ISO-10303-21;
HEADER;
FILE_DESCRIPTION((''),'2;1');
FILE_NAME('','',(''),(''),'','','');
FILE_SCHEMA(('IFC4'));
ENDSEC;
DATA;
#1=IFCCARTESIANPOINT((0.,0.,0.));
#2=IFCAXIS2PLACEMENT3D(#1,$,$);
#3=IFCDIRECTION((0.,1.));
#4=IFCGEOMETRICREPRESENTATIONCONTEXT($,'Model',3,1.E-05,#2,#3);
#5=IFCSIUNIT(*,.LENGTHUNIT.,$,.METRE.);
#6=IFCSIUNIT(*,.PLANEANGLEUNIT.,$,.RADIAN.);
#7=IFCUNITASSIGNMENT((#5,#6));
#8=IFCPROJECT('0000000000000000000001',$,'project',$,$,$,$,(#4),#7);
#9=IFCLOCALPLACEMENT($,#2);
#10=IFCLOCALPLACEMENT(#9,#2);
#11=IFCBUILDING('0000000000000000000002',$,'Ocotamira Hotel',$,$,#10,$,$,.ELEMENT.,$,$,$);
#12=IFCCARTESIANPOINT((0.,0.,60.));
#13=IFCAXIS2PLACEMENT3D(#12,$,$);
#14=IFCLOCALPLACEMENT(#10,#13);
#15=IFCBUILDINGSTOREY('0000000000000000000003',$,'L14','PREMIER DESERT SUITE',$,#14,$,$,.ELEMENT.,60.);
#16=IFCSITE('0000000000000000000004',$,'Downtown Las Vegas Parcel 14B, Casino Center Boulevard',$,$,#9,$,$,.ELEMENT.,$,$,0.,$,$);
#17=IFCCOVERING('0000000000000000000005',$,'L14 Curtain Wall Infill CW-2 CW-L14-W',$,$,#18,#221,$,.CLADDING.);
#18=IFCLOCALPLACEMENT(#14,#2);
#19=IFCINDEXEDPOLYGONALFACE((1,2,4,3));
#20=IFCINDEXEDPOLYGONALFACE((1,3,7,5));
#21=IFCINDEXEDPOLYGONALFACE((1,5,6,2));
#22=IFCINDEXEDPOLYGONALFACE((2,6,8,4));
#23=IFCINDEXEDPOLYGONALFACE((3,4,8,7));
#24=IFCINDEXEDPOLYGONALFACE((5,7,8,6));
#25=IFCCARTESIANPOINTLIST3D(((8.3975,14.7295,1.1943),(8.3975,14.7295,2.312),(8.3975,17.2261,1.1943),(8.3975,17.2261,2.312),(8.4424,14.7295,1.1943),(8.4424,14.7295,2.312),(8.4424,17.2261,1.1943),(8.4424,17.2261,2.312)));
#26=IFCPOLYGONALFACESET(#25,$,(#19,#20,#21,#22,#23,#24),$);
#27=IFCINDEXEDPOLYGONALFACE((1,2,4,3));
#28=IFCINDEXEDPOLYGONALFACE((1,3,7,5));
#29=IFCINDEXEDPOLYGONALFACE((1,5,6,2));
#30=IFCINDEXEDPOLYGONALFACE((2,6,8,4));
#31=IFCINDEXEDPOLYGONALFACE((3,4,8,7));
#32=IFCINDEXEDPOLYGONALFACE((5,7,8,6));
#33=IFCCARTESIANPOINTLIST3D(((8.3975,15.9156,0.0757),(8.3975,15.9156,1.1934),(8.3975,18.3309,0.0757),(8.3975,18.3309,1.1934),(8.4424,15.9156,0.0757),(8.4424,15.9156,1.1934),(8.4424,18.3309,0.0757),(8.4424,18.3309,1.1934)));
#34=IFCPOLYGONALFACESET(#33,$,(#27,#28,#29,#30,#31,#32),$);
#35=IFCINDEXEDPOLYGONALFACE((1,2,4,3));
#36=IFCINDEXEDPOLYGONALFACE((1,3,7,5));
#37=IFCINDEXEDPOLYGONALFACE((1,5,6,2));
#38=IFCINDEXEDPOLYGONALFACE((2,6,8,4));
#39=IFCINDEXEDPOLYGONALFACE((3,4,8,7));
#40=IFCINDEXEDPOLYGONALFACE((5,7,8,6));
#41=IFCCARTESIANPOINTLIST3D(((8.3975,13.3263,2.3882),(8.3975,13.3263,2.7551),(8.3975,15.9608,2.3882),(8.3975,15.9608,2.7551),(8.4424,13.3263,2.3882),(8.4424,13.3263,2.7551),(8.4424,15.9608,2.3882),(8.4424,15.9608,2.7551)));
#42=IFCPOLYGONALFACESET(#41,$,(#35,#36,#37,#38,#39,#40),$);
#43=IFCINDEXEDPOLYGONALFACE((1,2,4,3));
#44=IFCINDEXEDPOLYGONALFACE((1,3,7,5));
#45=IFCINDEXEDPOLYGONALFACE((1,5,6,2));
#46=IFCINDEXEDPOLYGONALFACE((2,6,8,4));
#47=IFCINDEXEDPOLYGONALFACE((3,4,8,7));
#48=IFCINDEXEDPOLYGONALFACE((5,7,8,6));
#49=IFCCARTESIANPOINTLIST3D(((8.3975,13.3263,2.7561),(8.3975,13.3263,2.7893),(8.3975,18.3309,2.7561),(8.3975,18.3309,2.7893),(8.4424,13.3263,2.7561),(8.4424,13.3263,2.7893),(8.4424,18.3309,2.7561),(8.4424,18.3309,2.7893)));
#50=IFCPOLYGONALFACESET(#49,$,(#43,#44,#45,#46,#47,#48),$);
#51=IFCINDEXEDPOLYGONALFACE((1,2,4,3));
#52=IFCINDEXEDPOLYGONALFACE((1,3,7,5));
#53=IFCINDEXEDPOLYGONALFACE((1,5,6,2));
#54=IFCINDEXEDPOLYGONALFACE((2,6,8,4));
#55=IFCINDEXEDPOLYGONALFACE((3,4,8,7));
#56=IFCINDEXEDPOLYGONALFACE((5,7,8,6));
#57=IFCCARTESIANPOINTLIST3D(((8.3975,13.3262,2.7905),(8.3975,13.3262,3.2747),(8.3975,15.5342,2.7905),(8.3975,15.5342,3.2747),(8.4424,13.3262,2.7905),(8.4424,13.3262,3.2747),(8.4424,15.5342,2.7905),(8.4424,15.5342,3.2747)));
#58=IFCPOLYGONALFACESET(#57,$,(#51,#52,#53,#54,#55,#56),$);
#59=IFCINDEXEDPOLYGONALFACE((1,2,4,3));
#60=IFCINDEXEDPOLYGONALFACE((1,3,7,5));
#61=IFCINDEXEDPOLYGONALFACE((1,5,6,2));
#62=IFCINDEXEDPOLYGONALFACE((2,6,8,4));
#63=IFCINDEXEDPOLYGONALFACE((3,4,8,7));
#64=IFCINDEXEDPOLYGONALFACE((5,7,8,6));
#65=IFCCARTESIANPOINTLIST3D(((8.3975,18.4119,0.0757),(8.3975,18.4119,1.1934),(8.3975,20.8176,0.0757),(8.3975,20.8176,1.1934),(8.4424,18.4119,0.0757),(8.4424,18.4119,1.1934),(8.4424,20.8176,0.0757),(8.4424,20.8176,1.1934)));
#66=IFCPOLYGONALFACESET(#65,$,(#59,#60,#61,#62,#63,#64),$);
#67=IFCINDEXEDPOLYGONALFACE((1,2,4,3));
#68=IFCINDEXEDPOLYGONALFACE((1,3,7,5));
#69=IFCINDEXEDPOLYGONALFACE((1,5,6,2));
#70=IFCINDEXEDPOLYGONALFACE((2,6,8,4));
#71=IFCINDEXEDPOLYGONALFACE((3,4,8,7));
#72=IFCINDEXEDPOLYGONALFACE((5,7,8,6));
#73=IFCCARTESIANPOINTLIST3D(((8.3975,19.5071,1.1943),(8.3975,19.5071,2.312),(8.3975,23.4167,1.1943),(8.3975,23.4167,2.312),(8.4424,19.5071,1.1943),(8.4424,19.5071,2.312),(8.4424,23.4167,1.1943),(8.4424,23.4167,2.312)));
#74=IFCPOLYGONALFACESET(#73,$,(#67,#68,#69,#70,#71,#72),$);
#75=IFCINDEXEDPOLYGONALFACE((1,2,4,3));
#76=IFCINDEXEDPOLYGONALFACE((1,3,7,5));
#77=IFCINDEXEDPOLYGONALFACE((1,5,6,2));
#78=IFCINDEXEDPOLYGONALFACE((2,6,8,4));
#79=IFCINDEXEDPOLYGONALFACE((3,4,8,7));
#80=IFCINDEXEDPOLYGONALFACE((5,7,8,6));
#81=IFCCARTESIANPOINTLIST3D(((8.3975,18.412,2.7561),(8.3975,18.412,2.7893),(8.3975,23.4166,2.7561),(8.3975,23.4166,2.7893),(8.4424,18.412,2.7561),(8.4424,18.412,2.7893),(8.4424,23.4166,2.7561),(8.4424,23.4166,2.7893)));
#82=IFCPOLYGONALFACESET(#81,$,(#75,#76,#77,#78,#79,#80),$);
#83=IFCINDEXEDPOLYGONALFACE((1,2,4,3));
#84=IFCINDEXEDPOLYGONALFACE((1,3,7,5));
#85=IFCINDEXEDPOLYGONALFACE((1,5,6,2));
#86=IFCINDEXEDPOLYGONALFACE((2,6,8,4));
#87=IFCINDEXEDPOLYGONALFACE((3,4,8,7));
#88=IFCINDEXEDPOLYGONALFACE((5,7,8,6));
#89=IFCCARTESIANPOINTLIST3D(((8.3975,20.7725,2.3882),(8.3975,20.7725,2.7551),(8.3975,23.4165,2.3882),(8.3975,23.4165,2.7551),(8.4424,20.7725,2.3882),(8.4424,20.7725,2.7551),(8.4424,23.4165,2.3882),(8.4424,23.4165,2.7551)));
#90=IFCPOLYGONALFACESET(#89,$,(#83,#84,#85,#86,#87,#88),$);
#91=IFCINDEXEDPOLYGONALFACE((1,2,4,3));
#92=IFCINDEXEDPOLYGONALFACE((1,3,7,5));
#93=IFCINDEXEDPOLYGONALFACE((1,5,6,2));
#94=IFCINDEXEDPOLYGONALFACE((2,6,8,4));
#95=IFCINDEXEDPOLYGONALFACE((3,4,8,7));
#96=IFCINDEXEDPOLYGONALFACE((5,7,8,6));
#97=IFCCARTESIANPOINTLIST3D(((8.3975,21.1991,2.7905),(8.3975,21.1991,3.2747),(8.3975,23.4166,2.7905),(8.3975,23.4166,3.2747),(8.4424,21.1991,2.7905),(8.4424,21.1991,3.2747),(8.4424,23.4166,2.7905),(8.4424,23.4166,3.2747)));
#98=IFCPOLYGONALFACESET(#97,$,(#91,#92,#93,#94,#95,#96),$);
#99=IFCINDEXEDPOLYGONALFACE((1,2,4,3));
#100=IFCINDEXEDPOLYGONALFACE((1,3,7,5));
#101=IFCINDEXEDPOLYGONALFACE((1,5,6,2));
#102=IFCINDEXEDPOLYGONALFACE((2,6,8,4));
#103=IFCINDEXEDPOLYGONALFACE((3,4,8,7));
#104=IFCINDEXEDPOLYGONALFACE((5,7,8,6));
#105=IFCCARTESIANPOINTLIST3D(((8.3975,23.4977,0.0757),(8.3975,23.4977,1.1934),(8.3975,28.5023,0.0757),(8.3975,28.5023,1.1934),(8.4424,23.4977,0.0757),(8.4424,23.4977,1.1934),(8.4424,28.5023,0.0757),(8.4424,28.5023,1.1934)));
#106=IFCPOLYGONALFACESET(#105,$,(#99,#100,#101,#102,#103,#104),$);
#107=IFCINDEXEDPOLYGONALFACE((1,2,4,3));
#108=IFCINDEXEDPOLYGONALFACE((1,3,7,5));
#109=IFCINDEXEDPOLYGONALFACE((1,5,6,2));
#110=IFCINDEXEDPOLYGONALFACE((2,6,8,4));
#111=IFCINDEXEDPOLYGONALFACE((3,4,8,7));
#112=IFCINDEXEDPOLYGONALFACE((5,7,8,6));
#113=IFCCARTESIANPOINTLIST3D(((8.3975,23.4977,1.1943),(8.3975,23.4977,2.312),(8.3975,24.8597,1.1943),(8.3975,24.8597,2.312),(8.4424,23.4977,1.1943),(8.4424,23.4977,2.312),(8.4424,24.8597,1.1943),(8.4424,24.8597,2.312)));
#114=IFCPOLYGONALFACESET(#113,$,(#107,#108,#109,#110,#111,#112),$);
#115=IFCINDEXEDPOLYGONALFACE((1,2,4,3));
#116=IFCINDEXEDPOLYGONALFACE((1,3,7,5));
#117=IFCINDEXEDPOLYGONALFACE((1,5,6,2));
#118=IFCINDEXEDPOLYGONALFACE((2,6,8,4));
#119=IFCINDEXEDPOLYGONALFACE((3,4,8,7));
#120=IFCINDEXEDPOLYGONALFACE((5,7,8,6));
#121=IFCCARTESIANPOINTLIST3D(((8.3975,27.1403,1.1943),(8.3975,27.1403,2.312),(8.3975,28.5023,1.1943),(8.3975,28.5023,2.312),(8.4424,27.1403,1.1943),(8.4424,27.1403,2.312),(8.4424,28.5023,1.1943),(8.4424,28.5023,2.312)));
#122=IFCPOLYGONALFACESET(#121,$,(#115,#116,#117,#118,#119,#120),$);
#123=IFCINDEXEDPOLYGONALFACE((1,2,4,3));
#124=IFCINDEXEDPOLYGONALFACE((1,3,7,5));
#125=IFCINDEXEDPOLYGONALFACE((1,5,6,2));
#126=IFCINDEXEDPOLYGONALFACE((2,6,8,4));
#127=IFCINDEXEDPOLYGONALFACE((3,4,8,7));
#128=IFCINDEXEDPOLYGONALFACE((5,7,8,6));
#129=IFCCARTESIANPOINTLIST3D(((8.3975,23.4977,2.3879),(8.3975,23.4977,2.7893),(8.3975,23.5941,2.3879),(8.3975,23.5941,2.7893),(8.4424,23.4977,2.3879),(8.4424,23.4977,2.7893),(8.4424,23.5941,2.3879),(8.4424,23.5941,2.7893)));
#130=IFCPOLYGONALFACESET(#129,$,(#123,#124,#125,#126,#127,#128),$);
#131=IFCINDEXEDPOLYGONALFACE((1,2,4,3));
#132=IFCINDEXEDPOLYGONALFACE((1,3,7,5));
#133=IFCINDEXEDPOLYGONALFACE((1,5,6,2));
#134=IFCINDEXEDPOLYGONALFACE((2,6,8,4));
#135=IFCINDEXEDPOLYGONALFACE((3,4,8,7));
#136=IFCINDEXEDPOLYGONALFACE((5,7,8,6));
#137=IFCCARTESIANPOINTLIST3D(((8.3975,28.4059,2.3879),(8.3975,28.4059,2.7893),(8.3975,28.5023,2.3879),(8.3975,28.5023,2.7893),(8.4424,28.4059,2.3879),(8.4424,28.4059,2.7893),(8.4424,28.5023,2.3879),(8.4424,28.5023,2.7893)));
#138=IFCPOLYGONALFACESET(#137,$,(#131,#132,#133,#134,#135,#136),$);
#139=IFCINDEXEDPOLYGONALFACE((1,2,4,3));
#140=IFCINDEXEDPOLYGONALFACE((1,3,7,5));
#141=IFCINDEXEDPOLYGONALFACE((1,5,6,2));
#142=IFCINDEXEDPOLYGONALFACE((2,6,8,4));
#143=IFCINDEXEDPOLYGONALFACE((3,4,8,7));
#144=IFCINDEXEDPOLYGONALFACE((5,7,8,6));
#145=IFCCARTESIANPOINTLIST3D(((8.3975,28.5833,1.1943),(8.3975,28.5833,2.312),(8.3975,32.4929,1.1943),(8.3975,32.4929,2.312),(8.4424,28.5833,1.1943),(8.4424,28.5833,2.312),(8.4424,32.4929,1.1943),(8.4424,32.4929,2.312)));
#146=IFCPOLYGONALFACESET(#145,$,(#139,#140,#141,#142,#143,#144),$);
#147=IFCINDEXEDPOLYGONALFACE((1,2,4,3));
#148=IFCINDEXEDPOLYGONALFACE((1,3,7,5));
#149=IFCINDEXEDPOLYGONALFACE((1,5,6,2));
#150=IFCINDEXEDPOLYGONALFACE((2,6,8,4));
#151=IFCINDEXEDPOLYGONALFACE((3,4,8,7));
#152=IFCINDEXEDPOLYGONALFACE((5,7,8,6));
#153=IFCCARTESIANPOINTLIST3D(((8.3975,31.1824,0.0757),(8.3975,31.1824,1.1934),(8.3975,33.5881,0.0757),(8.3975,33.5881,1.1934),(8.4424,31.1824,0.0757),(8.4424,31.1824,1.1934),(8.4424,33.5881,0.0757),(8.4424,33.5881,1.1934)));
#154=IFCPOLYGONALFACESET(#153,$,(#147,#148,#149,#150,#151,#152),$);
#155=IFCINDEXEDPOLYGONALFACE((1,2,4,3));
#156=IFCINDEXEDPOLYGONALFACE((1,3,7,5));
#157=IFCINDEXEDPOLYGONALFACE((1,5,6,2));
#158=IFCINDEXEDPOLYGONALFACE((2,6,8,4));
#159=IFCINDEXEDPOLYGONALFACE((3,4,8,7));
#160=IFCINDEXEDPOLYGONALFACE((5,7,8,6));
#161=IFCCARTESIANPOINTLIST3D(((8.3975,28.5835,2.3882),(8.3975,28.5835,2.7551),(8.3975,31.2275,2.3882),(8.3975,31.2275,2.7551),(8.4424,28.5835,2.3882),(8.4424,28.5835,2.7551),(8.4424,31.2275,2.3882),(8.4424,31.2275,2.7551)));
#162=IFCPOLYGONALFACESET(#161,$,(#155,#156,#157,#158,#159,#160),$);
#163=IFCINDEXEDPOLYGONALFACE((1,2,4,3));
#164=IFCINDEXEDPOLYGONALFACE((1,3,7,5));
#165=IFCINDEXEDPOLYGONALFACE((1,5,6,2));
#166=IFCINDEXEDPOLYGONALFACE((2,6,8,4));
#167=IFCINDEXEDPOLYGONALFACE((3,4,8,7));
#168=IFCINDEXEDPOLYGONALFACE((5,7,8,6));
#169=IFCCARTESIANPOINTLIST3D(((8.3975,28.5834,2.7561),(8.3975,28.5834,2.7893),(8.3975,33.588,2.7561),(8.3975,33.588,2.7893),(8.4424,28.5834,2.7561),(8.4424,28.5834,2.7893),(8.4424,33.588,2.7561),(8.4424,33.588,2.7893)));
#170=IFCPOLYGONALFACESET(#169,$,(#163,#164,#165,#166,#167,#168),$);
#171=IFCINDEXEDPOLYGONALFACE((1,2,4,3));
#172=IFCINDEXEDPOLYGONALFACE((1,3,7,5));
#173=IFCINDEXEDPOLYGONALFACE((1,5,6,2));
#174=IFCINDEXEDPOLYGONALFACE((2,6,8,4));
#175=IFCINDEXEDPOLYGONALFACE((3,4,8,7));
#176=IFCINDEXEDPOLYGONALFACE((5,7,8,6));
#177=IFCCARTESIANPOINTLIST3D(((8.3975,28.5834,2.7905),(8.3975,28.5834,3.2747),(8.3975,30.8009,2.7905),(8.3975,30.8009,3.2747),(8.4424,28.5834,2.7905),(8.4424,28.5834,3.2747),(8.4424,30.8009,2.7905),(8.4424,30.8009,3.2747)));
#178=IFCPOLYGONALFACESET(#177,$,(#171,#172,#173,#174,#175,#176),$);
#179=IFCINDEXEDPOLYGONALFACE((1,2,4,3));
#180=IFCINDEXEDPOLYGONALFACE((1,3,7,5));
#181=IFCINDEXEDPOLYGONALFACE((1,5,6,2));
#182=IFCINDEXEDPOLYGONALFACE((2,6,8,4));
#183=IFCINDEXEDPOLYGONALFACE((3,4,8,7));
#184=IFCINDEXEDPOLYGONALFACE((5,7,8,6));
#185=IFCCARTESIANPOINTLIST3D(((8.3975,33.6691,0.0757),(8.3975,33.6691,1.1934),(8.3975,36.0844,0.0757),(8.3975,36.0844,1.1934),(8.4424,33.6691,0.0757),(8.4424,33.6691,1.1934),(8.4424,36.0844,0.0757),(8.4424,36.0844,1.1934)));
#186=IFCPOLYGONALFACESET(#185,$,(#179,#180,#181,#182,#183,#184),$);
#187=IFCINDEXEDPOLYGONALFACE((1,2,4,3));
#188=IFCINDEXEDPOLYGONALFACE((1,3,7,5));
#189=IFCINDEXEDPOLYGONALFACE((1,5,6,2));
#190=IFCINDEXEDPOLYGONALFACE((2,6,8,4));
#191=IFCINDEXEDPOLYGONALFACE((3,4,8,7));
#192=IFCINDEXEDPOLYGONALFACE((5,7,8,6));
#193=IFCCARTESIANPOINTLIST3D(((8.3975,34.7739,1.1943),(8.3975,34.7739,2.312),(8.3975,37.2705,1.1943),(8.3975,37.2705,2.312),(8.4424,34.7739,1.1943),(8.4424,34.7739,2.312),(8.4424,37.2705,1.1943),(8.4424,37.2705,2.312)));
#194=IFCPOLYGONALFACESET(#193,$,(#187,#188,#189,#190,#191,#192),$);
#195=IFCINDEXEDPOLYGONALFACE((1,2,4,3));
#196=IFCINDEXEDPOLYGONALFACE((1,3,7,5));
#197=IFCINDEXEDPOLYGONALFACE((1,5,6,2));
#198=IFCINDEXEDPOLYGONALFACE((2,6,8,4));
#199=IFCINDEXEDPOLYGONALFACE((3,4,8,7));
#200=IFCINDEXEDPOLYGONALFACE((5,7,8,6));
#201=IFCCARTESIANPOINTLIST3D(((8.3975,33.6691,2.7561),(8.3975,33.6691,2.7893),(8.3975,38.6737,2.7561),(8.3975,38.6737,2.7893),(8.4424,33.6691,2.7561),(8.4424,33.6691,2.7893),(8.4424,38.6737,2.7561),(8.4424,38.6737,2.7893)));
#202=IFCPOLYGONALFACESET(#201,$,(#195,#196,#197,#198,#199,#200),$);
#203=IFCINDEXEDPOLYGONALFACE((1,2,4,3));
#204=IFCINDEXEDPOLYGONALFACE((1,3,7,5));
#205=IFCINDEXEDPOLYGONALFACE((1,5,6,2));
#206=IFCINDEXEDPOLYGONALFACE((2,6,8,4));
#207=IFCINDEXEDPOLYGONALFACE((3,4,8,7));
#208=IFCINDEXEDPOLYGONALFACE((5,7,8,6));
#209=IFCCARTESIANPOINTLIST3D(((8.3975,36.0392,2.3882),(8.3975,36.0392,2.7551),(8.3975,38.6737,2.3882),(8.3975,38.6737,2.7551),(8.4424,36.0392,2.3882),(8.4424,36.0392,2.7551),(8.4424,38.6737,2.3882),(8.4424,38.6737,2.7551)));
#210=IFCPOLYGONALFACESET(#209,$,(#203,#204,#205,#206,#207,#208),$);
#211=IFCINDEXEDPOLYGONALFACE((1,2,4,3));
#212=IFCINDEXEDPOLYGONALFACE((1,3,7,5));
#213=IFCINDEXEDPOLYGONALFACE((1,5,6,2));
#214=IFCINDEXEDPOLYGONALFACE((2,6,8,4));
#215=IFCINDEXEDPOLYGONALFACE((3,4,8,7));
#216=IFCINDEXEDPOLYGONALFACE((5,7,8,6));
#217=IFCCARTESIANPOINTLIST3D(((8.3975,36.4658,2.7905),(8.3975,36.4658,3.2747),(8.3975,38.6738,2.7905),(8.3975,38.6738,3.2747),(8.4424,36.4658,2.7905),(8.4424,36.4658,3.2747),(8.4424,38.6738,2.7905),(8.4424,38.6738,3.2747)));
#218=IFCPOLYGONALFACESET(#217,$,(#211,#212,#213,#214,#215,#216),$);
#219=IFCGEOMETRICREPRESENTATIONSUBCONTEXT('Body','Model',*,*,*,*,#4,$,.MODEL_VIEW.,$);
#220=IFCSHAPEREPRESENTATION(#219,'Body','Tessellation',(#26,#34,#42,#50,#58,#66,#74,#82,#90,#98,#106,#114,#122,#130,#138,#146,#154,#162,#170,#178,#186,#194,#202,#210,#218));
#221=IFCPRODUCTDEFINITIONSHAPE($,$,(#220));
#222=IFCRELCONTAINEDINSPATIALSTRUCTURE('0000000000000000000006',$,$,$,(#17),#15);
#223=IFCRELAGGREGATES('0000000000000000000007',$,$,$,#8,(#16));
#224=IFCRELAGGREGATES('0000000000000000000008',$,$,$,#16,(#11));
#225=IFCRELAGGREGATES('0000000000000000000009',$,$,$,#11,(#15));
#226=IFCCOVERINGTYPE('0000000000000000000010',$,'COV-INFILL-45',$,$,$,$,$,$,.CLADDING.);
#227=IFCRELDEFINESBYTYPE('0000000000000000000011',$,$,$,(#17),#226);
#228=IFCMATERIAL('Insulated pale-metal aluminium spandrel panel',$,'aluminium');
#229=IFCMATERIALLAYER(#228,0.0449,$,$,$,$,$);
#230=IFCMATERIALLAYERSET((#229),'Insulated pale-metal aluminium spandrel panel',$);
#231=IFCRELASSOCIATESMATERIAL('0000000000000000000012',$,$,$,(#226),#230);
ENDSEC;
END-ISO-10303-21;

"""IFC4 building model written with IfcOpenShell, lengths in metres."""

from ifc_helpers import new_model, si_unit, direction, frame, origin, origin_2d, place, context, subcontext, project, spatial, rectangle, extrude, material, layer, layer_set, type_object, element, save


model = new_model("IFC4")

# Units and contexts
model_context = context("Model", 3, precision=1e-05, world=origin(), true_north=direction((0.0, 1.0)))
body_context = subcontext(model_context, "Body", "Model", "MODEL_VIEW")
ifc_project = project(units=[si_unit("LENGTHUNIT", "METRE"), si_unit("PLANEANGLEUNIT", "RADIAN")], contexts=[model_context])

# Site, building, storey
site_placement = place(None, origin())
site = spatial("IfcSite", under=ifc_project, at=site_placement, Name="Downtown Las Vegas Parcel 14B, Casino Center Boulevard", CompositionType="ELEMENT", RefElevation=0.0)
building_placement = place(site_placement, origin())
building = spatial("IfcBuilding", under=site, at=building_placement, Name="Ocotamira Hotel", CompositionType="ELEMENT")
storey_placement = place(building_placement, frame((0.0, 0.0, 60.0)))
storey = spatial("IfcBuildingStorey", under=building, at=storey_placement, Name="L14", Description="PREMIER DESERT SUITE", CompositionType="ELEMENT", Elevation=60.0)

# Covering
ifc_material_1 = material(Name="Insulated pale-metal aluminium spandrel panel", Category="aluminium")
ifc_layer_1 = layer(ifc_material_1, 0.0449)
ifc_layer_set_1 = layer_set([ifc_layer_1], Name="Insulated pale-metal aluminium spandrel panel")
covering_type_1 = type_object("IfcCoveringType", Name="COV-INFILL-45", PredefinedType="CLADDING", material=ifc_layer_set_1)
covering_1_placement = place(storey_placement, origin())
element("IfcCovering", 1, at=covering_1_placement, inside=storey, type_object=covering_type_1, Name="L14 Curtain Wall Infill CW-2 CW-L14-W", PredefinedType="CLADDING", context=body_context, shape_type="SweptSolid", body=[
    extrude(rectangle(XDim=2.4966, YDim=0.0449, at=origin_2d()), frame((8.4199, 15.9778, 1.1943), z_axis=(0.0, 0.0, 1.0), x_axis=(0.0, 1.0, 0.0)), (0.0, 0.0, 1.0), 1.1177),
    extrude(rectangle(XDim=2.4153, YDim=0.0449, at=origin_2d()), frame((8.4199, 17.1233, 0.0757), z_axis=(0.0, 0.0, 1.0), x_axis=(0.0, 1.0, 0.0)), (0.0, 0.0, 1.0), 1.1177),
    extrude(rectangle(XDim=2.6345, YDim=0.0449, at=origin_2d()), frame((8.4199, 14.6436, 2.3882), z_axis=(0.0, 0.0, 1.0), x_axis=(0.0, 1.0, 0.0)), (0.0, 0.0, 1.0), 0.3669),
    extrude(rectangle(XDim=5.0046, YDim=0.0449, at=origin_2d()), frame((8.4199, 15.8286, 2.7561), z_axis=(0.0, 0.0, 1.0), x_axis=(0.0, 1.0, 0.0)), (0.0, 0.0, 1.0), 0.0332),
    extrude(rectangle(XDim=2.208, YDim=0.0449, at=origin_2d()), frame((8.4199, 14.4302, 2.7905), z_axis=(0.0, 0.0, 1.0), x_axis=(0.0, 1.0, 0.0)), (0.0, 0.0, 1.0), 0.4841),
    extrude(rectangle(XDim=2.4058, YDim=0.0449, at=origin_2d()), frame((8.4199, 19.6147, 0.0757), z_axis=(0.0, 0.0, 1.0), x_axis=(0.0, 1.0, 0.0)), (0.0, 0.0, 1.0), 1.1177),
    extrude(rectangle(XDim=3.9097, YDim=0.0449, at=origin_2d()), frame((8.4199, 21.4619, 1.1943), z_axis=(0.0, 0.0, 1.0), x_axis=(0.0, 1.0, 0.0)), (0.0, 0.0, 1.0), 1.1177),
    extrude(rectangle(XDim=5.0046, YDim=0.0449, at=origin_2d()), frame((8.4199, 20.9143, 2.7561), z_axis=(0.0, 0.0, 1.0), x_axis=(0.0, 1.0, 0.0)), (0.0, 0.0, 1.0), 0.0332),
    extrude(rectangle(XDim=2.644, YDim=0.0449, at=origin_2d()), frame((8.4199, 22.0945, 2.3882), z_axis=(0.0, 0.0, 1.0), x_axis=(0.0, 1.0, 0.0)), (0.0, 0.0, 1.0), 0.3669),
    extrude(rectangle(XDim=2.2175, YDim=0.0449, at=origin_2d()), frame((8.4199, 22.3079, 2.7905), z_axis=(0.0, 0.0, 1.0), x_axis=(0.0, 1.0, 0.0)), (0.0, 0.0, 1.0), 0.4841),
    extrude(rectangle(XDim=5.0046, YDim=0.0449, at=origin_2d()), frame((8.4199, 26.0, 0.0757), z_axis=(0.0, 0.0, 1.0), x_axis=(0.0, 1.0, 0.0)), (0.0, 0.0, 1.0), 1.1177),
    extrude(rectangle(XDim=1.3621, YDim=0.0449, at=origin_2d()), frame((8.4199, 24.1787, 1.1943), z_axis=(0.0, 0.0, 1.0), x_axis=(0.0, 1.0, 0.0)), (0.0, 0.0, 1.0), 1.1177),
    extrude(rectangle(XDim=1.3621, YDim=0.0449, at=origin_2d()), frame((8.4199, 27.8213, 1.1943), z_axis=(0.0, 0.0, 1.0), x_axis=(0.0, 1.0, 0.0)), (0.0, 0.0, 1.0), 1.1177),
    extrude(rectangle(XDim=0.0964, YDim=0.0449, at=origin_2d()), frame((8.4199, 23.5459, 2.3879), z_axis=(0.0, 0.0, 1.0), x_axis=(0.0, 1.0, 0.0)), (0.0, 0.0, 1.0), 0.4014),
    extrude(rectangle(XDim=0.0964, YDim=0.0449, at=origin_2d()), frame((8.4199, 28.4541, 2.3879), z_axis=(0.0, 0.0, 1.0), x_axis=(0.0, 1.0, 0.0)), (0.0, 0.0, 1.0), 0.4014),
    extrude(rectangle(XDim=3.9097, YDim=0.0449, at=origin_2d()), frame((8.4199, 30.5381, 1.1943), z_axis=(0.0, 0.0, 1.0), x_axis=(0.0, 1.0, 0.0)), (0.0, 0.0, 1.0), 1.1177),
    extrude(rectangle(XDim=2.4058, YDim=0.0449, at=origin_2d()), frame((8.4199, 32.3853, 0.0757), z_axis=(0.0, 0.0, 1.0), x_axis=(0.0, 1.0, 0.0)), (0.0, 0.0, 1.0), 1.1177),
    extrude(rectangle(XDim=2.644, YDim=0.0449, at=origin_2d()), frame((8.4199, 29.9055, 2.3882), z_axis=(0.0, 0.0, 1.0), x_axis=(0.0, 1.0, 0.0)), (0.0, 0.0, 1.0), 0.3669),
    extrude(rectangle(XDim=5.0046, YDim=0.0449, at=origin_2d()), frame((8.4199, 31.0857, 2.7561), z_axis=(0.0, 0.0, 1.0), x_axis=(0.0, 1.0, 0.0)), (0.0, 0.0, 1.0), 0.0332),
    extrude(rectangle(XDim=2.2175, YDim=0.0449, at=origin_2d()), frame((8.4199, 29.6921, 2.7905), z_axis=(0.0, 0.0, 1.0), x_axis=(0.0, 1.0, 0.0)), (0.0, 0.0, 1.0), 0.4841),
    extrude(rectangle(XDim=2.4153, YDim=0.0449, at=origin_2d()), frame((8.4199, 34.8767, 0.0757), z_axis=(0.0, 0.0, 1.0), x_axis=(0.0, 1.0, 0.0)), (0.0, 0.0, 1.0), 1.1177),
    extrude(rectangle(XDim=2.4966, YDim=0.0449, at=origin_2d()), frame((8.4199, 36.0222, 1.1943), z_axis=(0.0, 0.0, 1.0), x_axis=(0.0, 1.0, 0.0)), (0.0, 0.0, 1.0), 1.1177),
    extrude(rectangle(XDim=5.0046, YDim=0.0449, at=origin_2d()), frame((8.4199, 36.1714, 2.7561), z_axis=(0.0, 0.0, 1.0), x_axis=(0.0, 1.0, 0.0)), (0.0, 0.0, 1.0), 0.0332),
    extrude(rectangle(XDim=2.6345, YDim=0.0449, at=origin_2d()), frame((8.4199, 37.3564, 2.3882), z_axis=(0.0, 0.0, 1.0), x_axis=(0.0, 1.0, 0.0)), (0.0, 0.0, 1.0), 0.3669),
    extrude(rectangle(XDim=2.208, YDim=0.0449, at=origin_2d()), frame((8.4199, 37.5698, 2.7905), z_axis=(0.0, 0.0, 1.0), x_axis=(0.0, 1.0, 0.0)), (0.0, 0.0, 1.0), 0.4841),
])

save(model, "model.ifc")
